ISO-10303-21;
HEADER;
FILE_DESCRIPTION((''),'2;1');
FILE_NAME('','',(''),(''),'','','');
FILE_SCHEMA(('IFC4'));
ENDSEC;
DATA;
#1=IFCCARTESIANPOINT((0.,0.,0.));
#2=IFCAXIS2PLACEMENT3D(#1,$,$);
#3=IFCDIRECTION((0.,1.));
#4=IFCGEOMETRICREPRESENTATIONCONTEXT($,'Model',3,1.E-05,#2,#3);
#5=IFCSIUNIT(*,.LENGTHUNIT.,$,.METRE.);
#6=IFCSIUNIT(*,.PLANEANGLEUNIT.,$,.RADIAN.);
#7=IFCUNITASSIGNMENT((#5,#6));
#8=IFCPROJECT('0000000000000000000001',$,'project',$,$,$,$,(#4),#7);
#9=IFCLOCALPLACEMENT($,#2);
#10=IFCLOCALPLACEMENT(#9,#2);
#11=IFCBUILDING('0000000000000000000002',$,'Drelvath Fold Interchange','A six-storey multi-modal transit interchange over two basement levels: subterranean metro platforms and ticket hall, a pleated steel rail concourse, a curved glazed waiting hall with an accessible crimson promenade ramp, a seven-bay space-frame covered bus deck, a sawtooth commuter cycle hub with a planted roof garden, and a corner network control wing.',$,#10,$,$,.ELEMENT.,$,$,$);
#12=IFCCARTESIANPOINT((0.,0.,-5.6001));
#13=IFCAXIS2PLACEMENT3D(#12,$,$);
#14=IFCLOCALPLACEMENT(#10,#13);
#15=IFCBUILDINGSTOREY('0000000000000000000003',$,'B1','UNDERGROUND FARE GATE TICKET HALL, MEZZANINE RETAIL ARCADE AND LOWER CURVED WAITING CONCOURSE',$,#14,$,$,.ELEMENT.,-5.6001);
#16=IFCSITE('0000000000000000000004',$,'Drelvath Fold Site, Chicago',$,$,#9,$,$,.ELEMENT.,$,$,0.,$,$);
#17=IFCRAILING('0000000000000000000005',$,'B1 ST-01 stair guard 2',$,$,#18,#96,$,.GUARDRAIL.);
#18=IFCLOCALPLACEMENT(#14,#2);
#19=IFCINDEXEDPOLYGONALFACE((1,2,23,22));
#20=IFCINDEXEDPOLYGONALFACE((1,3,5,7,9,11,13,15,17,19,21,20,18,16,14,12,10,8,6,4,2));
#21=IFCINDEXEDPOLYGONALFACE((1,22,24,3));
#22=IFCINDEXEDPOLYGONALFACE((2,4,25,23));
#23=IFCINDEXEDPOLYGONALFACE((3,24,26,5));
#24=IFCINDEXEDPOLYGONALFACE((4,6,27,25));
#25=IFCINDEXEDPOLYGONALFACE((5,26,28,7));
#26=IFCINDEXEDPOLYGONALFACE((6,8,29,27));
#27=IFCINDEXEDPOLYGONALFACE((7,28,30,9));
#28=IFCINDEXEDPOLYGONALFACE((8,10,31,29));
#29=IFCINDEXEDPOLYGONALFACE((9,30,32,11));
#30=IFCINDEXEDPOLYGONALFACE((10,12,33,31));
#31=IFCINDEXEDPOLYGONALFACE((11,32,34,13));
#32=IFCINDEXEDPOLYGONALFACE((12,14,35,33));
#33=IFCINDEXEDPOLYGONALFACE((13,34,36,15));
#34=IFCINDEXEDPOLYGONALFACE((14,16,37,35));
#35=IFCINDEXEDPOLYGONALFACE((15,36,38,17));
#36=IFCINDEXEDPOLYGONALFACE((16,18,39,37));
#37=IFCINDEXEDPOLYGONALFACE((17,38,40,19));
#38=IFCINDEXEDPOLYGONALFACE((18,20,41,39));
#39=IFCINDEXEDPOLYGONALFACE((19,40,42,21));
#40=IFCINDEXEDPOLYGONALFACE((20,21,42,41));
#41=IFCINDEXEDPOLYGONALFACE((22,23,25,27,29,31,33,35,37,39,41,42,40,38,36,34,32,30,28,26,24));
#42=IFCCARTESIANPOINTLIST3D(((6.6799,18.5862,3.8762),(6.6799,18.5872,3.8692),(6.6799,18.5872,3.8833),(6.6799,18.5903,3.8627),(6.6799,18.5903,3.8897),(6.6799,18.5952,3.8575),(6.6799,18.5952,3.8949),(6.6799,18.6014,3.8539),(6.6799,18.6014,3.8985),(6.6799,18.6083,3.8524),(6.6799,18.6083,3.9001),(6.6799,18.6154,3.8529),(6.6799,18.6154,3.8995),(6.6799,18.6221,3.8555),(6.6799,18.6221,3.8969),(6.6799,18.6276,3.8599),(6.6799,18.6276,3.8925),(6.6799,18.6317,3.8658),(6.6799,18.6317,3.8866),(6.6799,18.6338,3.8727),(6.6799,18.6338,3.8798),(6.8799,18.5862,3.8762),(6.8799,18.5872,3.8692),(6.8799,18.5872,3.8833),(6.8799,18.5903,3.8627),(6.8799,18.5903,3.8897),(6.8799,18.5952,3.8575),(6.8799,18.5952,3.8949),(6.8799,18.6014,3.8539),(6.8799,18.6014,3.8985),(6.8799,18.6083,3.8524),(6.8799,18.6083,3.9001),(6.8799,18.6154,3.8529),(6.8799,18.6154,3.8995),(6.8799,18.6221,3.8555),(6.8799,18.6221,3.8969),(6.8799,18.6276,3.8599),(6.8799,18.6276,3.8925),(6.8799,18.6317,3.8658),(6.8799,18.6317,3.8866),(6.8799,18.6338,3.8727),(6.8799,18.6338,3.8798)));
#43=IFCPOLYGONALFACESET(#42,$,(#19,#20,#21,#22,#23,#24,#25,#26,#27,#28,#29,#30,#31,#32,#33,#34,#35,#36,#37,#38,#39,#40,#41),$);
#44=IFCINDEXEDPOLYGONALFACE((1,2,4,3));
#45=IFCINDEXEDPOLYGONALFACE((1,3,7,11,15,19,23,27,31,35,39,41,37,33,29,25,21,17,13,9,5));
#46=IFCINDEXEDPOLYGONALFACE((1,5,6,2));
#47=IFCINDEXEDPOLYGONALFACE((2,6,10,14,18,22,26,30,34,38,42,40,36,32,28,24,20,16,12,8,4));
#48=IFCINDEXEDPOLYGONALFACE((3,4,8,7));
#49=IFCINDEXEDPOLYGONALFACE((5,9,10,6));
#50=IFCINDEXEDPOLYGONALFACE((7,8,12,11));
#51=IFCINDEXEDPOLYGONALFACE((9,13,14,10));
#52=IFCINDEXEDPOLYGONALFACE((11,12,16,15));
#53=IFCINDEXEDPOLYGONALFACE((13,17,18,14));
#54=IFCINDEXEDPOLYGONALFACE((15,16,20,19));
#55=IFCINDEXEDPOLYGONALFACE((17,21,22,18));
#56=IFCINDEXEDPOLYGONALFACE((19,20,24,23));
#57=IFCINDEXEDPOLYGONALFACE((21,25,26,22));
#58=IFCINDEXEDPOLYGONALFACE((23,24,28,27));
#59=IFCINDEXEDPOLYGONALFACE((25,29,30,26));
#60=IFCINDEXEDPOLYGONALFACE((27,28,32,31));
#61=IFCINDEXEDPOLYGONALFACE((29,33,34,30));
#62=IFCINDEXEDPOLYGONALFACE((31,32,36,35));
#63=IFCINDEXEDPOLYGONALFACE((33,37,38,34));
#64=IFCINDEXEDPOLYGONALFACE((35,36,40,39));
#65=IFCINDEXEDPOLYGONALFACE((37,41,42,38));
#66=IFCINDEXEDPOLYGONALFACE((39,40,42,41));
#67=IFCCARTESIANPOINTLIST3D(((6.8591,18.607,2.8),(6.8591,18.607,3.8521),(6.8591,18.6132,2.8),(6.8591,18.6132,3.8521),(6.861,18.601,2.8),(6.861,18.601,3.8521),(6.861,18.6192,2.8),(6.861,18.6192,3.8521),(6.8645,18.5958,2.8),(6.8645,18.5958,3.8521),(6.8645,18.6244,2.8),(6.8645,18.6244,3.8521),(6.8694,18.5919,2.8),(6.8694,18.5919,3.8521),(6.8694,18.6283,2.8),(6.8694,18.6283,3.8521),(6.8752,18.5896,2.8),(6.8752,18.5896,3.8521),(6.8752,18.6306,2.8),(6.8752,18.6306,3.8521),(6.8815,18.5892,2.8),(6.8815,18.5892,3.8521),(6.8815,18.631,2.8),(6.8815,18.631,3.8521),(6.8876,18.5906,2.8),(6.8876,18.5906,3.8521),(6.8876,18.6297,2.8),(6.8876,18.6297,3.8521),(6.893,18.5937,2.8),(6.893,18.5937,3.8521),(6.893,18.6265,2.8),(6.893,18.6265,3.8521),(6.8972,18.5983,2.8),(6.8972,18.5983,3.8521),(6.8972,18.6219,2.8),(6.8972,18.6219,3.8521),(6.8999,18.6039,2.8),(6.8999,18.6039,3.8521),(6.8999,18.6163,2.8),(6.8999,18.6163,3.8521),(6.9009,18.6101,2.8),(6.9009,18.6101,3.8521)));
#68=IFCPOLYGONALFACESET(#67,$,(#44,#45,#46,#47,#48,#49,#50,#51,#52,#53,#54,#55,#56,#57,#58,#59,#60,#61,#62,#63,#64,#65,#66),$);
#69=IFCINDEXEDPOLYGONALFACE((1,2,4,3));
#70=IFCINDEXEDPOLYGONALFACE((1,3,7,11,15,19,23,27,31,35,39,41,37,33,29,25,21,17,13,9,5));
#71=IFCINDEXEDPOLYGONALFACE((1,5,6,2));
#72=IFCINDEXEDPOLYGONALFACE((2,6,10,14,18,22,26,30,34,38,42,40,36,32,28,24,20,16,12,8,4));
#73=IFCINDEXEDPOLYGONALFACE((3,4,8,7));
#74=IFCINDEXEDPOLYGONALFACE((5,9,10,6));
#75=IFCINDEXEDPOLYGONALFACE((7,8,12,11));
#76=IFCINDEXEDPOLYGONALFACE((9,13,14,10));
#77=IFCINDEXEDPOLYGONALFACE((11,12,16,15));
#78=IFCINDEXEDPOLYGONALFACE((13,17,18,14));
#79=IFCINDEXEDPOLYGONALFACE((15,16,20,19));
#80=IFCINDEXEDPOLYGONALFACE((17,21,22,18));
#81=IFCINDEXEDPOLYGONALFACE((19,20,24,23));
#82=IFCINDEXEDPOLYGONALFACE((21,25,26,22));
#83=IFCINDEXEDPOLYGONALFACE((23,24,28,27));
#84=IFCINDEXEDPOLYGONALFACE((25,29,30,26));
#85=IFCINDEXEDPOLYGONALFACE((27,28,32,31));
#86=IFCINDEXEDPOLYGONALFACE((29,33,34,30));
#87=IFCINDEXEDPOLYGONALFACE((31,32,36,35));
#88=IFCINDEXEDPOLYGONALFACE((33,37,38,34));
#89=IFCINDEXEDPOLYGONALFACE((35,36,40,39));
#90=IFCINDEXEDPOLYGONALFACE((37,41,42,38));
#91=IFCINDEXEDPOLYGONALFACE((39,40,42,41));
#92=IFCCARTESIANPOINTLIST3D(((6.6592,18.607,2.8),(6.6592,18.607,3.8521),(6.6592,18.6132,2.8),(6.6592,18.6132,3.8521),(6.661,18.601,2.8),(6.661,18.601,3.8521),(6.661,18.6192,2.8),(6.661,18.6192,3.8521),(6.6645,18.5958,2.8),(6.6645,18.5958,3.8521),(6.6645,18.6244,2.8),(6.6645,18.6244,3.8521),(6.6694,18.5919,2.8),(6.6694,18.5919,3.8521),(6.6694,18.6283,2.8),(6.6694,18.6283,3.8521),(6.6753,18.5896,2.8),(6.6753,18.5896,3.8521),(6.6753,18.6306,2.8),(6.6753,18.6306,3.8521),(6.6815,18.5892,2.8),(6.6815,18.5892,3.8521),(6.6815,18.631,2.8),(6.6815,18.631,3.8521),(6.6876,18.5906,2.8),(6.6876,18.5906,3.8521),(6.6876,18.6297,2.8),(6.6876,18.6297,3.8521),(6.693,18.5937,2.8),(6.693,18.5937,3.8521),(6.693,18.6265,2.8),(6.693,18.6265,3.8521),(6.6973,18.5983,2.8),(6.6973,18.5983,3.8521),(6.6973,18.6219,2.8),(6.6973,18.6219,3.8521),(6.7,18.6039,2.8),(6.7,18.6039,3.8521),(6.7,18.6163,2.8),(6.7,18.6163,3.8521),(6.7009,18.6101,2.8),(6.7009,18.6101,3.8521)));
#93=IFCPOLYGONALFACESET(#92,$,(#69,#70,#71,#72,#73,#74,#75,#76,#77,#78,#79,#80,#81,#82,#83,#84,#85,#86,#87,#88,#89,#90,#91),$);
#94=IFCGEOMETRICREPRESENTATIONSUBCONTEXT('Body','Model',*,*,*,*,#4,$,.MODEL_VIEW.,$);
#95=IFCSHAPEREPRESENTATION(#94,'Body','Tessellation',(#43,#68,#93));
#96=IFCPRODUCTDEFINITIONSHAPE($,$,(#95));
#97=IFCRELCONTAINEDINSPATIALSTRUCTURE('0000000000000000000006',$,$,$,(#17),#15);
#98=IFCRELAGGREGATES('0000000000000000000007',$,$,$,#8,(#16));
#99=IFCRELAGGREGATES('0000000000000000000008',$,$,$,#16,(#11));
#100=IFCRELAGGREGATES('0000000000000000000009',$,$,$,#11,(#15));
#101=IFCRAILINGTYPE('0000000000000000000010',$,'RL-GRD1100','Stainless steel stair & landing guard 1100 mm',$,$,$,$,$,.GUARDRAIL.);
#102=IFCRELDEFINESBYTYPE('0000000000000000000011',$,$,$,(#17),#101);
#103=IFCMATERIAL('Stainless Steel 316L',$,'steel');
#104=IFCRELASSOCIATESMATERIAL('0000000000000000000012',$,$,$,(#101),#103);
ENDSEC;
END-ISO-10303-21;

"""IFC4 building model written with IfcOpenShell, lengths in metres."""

from ifc_helpers import new_model, si_unit, direction, frame, origin, origin_2d, place, context, subcontext, project, spatial, circle, extrude, material, type_object, element, save


model = new_model("IFC4")

# Units and contexts
model_context = context("Model", 3, precision=1e-05, world=origin(), true_north=direction((0.0, 1.0)))
body_context = subcontext(model_context, "Body", "Model", "MODEL_VIEW")
ifc_project = project(units=[si_unit("LENGTHUNIT", "METRE"), si_unit("PLANEANGLEUNIT", "RADIAN")], contexts=[model_context])

# Site, building, storey
site_placement = place(None, origin())
site = spatial("IfcSite", under=ifc_project, at=site_placement, Name="Drelvath Fold Site, Chicago", CompositionType="ELEMENT", RefElevation=0.0)
building_placement = place(site_placement, origin())
building = spatial("IfcBuilding", under=site, at=building_placement, Name="Drelvath Fold Interchange", Description="A six-storey multi-modal transit interchange over two basement levels: subterranean metro platforms and ticket hall, a pleated steel rail concourse, a curved glazed waiting hall with an accessible crimson promenade ramp, a seven-bay space-frame covered bus deck, a sawtooth commuter cycle hub with a planted roof garden, and a corner network control wing.", CompositionType="ELEMENT")
storey_placement = place(building_placement, frame((0.0, 0.0, -5.6001)))
storey = spatial("IfcBuildingStorey", under=building, at=storey_placement, Name="B1", Description="UNDERGROUND FARE GATE TICKET HALL, MEZZANINE RETAIL ARCADE AND LOWER CURVED WAITING CONCOURSE", CompositionType="ELEMENT", Elevation=-5.6001)

# Railing
ifc_material_1 = material(Name="Stainless Steel 316L", Category="steel")
railing_type_1 = type_object("IfcRailingType", Name="RL-GRD1100", Description="Stainless steel stair & landing guard 1100 mm", PredefinedType="GUARDRAIL", material=ifc_material_1)
railing_1_placement = place(storey_placement, frame((6.8799, 18.6101, 2.8)))
element("IfcRailing", 1, at=railing_1_placement, inside=storey, type_object=railing_type_1, Name="B1 ST-01 stair guard 2", PredefinedType="GUARDRAIL", context=body_context, shape_type="SweptSolid", body=[
    extrude(circle(Radius=0.0239, at=origin_2d()), frame((0.0, 0.0, 1.0762), z_axis=(-1.0, 0.0, 0.0), x_axis=(0.0, -1.0, 0.0)), (0.0, 0.0, 1.0), 0.2),
    extrude(circle(Radius=0.021, at=origin_2d()), origin(), (0.0, 0.0, 1.0), 1.052),
    extrude(circle(Radius=0.021, at=origin_2d()), frame((-0.2, 0.0, 0.0)), (0.0, 0.0, 1.0), 1.052),
])

save(model, "model.ifc")
